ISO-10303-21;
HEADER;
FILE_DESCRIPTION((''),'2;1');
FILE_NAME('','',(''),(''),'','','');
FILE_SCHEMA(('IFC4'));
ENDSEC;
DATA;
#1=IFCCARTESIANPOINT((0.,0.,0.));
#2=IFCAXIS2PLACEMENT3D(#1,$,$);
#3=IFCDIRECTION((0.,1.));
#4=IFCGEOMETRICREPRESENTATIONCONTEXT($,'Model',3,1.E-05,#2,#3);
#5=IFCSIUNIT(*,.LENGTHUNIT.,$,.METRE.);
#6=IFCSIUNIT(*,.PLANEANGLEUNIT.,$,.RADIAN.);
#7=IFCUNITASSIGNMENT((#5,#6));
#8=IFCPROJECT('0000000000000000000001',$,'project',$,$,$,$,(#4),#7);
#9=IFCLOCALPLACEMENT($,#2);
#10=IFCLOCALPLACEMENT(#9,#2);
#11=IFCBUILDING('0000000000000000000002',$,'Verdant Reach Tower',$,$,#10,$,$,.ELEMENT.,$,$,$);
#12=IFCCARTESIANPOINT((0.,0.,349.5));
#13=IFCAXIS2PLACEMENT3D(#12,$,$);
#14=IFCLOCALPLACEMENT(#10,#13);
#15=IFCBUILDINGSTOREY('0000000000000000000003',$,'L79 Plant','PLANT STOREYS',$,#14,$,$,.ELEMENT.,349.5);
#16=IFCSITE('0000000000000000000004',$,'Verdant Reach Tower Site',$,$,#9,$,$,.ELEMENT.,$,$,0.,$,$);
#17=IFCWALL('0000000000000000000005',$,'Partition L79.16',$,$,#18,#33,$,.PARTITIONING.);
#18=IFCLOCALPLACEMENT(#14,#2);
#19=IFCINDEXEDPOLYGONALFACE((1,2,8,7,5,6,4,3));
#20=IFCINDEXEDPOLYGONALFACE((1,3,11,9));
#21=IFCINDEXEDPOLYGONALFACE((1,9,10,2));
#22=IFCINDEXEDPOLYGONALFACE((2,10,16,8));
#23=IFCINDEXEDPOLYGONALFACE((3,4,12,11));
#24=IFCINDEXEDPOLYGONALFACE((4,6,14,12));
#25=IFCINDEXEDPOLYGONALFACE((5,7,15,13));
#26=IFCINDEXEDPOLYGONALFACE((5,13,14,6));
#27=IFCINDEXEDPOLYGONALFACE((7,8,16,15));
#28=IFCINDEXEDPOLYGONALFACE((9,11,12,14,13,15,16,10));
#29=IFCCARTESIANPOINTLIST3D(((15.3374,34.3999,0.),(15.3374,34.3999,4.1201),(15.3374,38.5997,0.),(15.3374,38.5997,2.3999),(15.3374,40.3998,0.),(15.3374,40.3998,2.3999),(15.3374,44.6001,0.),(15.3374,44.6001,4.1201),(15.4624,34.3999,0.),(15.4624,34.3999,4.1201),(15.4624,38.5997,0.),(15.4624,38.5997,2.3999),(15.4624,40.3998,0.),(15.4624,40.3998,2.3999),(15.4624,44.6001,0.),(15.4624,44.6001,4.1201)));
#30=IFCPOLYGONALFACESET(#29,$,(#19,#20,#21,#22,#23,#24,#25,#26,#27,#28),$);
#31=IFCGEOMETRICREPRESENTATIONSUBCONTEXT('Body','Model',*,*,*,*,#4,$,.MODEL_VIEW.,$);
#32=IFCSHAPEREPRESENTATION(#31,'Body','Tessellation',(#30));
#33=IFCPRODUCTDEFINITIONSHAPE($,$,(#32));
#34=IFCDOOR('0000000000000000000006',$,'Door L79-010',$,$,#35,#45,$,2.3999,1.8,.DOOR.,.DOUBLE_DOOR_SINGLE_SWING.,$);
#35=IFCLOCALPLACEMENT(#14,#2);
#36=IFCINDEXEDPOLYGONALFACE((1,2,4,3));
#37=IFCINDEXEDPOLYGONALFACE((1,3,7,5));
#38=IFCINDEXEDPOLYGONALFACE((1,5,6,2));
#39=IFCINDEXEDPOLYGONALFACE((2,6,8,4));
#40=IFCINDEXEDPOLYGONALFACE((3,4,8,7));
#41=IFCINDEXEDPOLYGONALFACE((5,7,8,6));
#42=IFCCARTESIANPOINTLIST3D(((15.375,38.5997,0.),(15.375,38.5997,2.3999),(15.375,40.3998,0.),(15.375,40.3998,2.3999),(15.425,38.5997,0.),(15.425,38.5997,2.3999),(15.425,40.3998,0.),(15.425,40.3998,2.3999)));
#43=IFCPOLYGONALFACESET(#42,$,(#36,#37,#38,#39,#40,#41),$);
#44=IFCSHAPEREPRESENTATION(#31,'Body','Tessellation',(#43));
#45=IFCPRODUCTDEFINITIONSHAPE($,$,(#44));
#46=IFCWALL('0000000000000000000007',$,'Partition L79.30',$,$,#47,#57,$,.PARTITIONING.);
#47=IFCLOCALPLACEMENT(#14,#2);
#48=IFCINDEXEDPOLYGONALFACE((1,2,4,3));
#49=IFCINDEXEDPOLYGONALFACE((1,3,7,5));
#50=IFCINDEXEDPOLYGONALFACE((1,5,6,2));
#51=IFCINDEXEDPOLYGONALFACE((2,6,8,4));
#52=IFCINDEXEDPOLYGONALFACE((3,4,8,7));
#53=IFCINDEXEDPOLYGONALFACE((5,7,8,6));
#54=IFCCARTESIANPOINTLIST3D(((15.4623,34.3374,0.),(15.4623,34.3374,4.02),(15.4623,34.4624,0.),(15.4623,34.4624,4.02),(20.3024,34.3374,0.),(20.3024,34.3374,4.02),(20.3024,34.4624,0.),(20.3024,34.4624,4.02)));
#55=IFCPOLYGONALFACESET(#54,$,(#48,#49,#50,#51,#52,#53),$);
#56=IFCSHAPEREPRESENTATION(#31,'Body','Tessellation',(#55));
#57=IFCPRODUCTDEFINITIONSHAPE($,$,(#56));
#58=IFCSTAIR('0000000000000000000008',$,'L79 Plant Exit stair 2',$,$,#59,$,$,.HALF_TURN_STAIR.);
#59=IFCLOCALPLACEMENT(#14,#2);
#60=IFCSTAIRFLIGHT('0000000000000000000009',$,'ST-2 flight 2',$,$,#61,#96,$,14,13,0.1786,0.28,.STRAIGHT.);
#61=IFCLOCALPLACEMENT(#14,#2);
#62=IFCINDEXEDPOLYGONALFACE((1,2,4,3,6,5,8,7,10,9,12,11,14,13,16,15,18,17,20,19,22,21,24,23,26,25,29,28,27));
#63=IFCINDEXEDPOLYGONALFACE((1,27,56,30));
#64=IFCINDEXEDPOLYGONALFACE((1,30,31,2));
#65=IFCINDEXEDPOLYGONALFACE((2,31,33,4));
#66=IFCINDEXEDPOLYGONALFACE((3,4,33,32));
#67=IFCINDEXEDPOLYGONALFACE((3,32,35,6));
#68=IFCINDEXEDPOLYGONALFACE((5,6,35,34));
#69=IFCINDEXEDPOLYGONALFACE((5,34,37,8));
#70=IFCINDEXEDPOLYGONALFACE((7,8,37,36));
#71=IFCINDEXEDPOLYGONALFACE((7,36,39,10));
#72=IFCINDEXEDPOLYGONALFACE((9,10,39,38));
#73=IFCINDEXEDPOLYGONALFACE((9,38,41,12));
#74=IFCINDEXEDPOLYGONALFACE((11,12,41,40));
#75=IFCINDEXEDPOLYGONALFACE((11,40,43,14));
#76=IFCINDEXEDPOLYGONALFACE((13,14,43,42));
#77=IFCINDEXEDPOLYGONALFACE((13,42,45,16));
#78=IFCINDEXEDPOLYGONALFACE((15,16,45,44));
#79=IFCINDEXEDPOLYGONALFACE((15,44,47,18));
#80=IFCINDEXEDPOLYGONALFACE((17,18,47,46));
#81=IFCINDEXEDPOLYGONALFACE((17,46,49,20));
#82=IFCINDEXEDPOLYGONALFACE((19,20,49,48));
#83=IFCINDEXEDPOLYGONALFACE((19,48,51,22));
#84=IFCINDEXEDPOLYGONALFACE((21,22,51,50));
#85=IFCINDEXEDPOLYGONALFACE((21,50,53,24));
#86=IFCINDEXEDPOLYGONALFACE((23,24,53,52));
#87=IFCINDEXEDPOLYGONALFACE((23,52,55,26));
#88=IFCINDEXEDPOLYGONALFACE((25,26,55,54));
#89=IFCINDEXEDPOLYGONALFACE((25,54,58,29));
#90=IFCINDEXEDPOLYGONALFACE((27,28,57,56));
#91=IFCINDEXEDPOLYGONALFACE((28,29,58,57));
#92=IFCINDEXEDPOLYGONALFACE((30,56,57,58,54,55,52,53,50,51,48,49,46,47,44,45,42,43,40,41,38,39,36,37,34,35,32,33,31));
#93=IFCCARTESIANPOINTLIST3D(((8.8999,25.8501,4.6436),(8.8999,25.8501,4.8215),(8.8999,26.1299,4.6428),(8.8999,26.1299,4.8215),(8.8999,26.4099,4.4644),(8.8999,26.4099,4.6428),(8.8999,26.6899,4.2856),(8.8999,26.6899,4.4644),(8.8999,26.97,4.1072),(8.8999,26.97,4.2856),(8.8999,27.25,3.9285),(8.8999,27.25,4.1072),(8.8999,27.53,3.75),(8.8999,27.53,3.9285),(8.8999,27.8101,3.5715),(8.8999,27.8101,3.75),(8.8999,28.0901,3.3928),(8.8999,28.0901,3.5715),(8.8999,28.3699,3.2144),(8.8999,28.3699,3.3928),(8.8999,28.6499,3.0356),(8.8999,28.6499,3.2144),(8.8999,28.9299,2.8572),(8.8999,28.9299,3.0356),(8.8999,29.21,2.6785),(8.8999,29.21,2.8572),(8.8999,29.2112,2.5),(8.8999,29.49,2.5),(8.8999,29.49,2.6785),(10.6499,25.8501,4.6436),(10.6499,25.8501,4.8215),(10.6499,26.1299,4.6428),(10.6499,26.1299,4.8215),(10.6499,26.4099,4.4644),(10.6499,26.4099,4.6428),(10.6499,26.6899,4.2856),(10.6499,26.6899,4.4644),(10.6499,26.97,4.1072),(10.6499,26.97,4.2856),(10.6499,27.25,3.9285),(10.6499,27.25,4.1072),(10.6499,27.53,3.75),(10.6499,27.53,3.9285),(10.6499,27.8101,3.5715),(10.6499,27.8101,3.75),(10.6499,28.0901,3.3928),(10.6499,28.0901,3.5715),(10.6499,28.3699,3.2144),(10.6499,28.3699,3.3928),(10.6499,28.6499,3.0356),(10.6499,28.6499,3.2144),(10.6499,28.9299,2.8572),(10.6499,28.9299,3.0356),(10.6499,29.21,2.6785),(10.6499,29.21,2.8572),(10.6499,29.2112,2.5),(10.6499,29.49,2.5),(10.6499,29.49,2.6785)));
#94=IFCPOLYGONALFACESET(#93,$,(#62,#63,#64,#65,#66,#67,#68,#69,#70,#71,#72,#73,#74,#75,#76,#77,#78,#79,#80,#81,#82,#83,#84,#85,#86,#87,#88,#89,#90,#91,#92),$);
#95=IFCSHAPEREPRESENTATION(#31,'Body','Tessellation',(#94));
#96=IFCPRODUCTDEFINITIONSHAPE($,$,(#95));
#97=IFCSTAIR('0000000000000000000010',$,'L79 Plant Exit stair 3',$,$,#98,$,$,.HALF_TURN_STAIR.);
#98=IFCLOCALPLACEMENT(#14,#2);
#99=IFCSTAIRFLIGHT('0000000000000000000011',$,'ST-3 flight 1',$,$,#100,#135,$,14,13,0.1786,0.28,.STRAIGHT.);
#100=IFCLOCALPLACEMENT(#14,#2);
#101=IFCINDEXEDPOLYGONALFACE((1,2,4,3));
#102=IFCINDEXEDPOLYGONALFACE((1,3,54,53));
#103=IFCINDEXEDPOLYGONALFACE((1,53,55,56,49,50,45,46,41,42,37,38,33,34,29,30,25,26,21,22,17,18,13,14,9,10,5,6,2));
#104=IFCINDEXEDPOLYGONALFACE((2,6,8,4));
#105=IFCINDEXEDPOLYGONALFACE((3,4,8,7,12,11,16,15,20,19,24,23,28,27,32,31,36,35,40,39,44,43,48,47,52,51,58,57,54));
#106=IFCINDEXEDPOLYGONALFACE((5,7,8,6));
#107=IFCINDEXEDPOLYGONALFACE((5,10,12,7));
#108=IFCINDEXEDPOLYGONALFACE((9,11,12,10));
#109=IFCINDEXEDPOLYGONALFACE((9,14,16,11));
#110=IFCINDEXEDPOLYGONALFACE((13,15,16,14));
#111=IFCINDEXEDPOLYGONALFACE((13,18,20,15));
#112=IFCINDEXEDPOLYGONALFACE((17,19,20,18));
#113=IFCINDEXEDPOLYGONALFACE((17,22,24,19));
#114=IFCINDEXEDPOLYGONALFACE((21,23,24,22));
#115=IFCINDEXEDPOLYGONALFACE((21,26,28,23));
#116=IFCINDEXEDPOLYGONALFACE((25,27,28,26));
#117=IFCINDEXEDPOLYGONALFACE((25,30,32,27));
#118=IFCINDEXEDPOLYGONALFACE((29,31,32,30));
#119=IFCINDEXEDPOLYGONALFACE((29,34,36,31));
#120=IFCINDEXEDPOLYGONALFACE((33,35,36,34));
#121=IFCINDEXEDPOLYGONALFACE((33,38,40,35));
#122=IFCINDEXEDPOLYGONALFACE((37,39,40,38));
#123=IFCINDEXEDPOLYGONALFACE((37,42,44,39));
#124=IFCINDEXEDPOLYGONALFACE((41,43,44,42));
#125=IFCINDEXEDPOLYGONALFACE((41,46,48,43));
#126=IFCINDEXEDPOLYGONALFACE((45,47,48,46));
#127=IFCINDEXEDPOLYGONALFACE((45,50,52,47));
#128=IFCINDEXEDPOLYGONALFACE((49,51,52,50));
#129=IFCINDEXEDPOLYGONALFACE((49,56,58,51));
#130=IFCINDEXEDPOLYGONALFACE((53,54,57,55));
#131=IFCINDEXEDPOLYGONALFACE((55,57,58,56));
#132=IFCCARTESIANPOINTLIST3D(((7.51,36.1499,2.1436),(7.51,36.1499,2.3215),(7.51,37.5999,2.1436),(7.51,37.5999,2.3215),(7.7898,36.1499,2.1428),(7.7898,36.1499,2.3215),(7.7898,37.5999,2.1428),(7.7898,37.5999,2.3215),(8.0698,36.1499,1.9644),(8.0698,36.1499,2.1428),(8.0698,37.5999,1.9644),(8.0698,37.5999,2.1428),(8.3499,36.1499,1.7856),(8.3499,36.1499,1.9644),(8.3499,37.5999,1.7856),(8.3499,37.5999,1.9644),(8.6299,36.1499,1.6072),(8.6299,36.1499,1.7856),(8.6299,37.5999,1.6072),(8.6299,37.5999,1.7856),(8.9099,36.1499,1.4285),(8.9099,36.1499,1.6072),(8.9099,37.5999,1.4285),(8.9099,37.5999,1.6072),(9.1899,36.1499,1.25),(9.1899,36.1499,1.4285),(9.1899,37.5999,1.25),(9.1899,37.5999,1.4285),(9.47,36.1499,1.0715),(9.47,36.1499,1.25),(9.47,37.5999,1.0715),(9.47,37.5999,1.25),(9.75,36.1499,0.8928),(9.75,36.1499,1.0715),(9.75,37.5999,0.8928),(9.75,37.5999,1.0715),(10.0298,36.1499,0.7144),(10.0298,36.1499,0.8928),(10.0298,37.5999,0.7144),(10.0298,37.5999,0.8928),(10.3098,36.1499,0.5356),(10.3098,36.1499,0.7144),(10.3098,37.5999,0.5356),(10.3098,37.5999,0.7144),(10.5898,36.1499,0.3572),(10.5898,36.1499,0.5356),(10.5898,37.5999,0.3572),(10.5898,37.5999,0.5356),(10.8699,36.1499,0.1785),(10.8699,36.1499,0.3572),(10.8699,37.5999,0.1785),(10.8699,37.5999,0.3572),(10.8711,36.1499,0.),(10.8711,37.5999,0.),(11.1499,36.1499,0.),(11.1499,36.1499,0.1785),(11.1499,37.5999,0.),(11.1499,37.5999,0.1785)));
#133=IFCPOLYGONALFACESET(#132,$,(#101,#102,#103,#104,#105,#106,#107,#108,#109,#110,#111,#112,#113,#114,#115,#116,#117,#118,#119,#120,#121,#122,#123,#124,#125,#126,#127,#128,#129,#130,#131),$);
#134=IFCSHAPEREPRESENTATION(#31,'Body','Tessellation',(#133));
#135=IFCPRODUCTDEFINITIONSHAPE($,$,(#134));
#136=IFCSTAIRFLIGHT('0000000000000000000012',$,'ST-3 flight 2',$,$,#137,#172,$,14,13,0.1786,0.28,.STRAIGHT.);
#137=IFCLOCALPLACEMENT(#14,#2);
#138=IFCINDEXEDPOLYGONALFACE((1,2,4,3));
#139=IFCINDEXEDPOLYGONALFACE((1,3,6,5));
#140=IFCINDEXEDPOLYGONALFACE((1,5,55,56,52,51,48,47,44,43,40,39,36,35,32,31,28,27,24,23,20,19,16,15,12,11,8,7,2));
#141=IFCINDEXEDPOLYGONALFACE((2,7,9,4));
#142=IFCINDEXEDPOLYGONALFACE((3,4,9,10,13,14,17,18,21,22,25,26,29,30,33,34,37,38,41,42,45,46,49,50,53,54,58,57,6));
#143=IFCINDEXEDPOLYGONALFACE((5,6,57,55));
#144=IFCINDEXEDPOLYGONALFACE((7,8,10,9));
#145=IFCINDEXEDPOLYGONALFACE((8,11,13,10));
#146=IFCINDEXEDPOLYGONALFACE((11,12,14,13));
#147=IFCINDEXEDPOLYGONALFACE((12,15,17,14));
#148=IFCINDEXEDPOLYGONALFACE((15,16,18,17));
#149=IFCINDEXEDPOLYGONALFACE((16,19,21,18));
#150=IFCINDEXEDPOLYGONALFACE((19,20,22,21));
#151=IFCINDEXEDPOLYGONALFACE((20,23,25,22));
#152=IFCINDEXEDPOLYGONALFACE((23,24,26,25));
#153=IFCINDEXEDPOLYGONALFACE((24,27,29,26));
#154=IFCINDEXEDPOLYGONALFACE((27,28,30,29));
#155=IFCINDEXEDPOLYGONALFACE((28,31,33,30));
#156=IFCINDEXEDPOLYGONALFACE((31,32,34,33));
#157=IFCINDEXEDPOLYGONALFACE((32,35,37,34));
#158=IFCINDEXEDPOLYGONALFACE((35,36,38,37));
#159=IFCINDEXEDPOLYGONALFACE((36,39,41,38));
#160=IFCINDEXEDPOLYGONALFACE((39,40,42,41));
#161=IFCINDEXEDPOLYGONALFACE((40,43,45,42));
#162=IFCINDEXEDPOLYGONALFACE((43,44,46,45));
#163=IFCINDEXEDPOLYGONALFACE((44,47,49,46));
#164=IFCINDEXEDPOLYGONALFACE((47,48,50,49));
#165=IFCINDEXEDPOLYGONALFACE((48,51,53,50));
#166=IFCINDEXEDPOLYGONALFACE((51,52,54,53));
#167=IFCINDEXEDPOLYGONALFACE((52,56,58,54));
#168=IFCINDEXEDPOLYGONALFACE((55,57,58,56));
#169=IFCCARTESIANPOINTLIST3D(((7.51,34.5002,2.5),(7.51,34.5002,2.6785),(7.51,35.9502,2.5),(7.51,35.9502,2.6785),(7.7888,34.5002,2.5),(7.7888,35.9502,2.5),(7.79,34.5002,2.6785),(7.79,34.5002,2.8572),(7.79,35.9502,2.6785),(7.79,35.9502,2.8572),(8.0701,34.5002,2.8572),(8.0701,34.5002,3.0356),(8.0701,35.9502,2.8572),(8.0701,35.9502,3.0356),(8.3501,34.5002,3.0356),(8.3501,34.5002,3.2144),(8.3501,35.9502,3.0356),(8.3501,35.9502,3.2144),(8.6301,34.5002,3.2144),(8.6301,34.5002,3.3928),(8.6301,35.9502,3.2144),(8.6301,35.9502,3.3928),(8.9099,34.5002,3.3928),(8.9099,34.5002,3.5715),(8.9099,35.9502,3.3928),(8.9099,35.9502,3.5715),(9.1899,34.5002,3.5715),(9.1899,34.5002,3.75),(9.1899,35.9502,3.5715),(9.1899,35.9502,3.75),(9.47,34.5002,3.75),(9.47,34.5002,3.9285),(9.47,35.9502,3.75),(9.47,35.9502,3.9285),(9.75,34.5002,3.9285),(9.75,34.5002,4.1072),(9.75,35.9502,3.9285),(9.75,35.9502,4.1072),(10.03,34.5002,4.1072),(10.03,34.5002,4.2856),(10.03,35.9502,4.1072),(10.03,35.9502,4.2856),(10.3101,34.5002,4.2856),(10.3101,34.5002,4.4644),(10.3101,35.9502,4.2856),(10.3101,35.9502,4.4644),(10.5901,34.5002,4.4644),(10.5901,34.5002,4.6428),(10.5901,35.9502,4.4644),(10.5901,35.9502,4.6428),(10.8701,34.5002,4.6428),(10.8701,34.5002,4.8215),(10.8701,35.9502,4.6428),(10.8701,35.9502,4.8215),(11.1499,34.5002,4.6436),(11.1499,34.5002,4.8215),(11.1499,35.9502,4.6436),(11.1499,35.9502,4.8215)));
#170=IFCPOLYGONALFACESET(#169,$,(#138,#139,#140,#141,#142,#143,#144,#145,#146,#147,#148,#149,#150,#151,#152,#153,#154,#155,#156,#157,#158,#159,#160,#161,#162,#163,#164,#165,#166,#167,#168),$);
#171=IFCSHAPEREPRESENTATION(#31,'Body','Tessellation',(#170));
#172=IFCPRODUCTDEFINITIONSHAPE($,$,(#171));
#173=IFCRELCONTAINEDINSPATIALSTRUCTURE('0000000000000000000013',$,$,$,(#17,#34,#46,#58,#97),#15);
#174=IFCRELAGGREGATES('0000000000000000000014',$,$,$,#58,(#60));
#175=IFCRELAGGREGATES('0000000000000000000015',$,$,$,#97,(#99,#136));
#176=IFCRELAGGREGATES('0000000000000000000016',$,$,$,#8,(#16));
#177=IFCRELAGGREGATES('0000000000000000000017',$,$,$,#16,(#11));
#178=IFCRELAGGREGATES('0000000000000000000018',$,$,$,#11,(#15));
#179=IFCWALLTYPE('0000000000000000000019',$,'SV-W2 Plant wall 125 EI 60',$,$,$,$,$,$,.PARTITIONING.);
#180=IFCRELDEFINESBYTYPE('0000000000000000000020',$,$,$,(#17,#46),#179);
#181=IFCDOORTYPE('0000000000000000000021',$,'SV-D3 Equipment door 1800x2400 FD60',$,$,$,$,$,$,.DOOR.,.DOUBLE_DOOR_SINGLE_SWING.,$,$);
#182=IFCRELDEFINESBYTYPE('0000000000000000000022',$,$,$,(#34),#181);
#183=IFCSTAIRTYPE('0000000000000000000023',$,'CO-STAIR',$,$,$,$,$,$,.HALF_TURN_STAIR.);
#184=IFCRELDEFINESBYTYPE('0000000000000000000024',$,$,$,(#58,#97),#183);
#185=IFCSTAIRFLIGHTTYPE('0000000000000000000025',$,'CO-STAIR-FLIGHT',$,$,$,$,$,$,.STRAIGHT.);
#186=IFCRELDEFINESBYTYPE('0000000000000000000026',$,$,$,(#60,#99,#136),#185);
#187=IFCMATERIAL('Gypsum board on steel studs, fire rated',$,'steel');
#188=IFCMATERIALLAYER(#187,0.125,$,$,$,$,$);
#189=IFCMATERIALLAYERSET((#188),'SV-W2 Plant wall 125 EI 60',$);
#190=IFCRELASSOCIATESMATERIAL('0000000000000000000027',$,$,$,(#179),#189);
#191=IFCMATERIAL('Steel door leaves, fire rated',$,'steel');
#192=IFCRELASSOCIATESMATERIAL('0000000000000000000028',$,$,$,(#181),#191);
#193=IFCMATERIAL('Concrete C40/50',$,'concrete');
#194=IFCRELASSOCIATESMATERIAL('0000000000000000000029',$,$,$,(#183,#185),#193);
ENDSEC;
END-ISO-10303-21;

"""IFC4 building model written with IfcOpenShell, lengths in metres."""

from ifc_helpers import new_model, si_unit, direction, frame, frame_2d, origin, place, context, subcontext, project, spatial, polyline, rectangle, outline, extrude, material, layer, layer_set, type_object, element, fill, aggregate, save


model = new_model("IFC4")

# Units and contexts
model_context = context("Model", 3, precision=1e-05, world=origin(), true_north=direction((0.0, 1.0)))
body_context = subcontext(model_context, "Body", "Model", "MODEL_VIEW")
ifc_project = project(units=[si_unit("LENGTHUNIT", "METRE"), si_unit("PLANEANGLEUNIT", "RADIAN")], contexts=[model_context])

# Site, building, storey
site_placement = place(None, origin())
site = spatial("IfcSite", under=ifc_project, at=site_placement, Name="Verdant Reach Tower Site", CompositionType="ELEMENT", RefElevation=0.0)
building_placement = place(site_placement, origin())
building = spatial("IfcBuilding", under=site, at=building_placement, Name="Verdant Reach Tower", CompositionType="ELEMENT")
storey_placement = place(building_placement, frame((0.0, 0.0, 349.5)))
storey = spatial("IfcBuildingStorey", under=building, at=storey_placement, Name="L79 Plant", Description="PLANT STOREYS", CompositionType="ELEMENT", Elevation=349.5)

# Shared definitions
ifc_material_1 = material(Name="Concrete C40/50", Category="concrete")

# Wall, opening, door
ifc_material_2 = material(Name="Gypsum board on steel studs, fire rated", Category="steel")
ifc_layer_1 = layer(ifc_material_2, 0.125)
ifc_layer_set_1 = layer_set([ifc_layer_1], Name="SV-W2 Plant wall 125 EI 60")
wall_type_1 = type_object("IfcWallType", Name="SV-W2 Plant wall 125 EI 60", PredefinedType="PARTITIONING", material=ifc_layer_set_1)
wall_1_placement = place(storey_placement, frame((15.3999, 34.3999, 0.0), z_axis=(0.0, 0.0, 1.0), x_axis=(0.0, 1.0, 0.0)))
wall_1 = element("IfcWall", 1, at=wall_1_placement, inside=storey, type_object=wall_type_1, Name="Partition L79.16", PredefinedType="PARTITIONING", context=body_context, shape_type="SweptSolid", body=[
    extrude(rectangle(XDim=10.2002, YDim=0.125, at=frame_2d((5.1001, 0.0))), origin(), (0.0, 0.0, 1.0), 4.1201),
])
opening_1_placement = place(wall_1_placement, frame((4.2, 0.0, 0.0)))
opening_1 = element("IfcOpeningElement", 2, at=opening_1_placement, cuts=wall_1, PredefinedType="OPENING", context=body_context, shape_type="SweptSolid", body=[
    extrude(rectangle(XDim=1.8, YDim=2.3999, at=frame_2d((0.8999, 1.2))), frame((0.0, 0.0725, 0.0), z_axis=(0.0, -1.0, 0.0), x_axis=(1.0, 0.0, 0.0)), (0.0, 0.0, 1.0), 0.145),
])
ifc_material_3 = material(Name="Steel door leaves, fire rated", Category="steel")
door_type_1 = type_object("IfcDoorType", Name="SV-D3 Equipment door 1800x2400 FD60", OperationType="DOUBLE_DOOR_SINGLE_SWING", PredefinedType="DOOR", material=ifc_material_3)
door_1_placement = place(opening_1_placement, origin())
door_1 = element("IfcDoor", 3, at=door_1_placement, inside=storey, type_object=door_type_1, Name="Door L79-010", OperationType="DOUBLE_DOOR_SINGLE_SWING", OverallHeight=2.3999, OverallWidth=1.8, PredefinedType="DOOR", context=body_context, shape_type="SweptSolid", body=[
    extrude(rectangle(XDim=1.8, YDim=2.3999, at=frame_2d((0.8999, 1.2))), frame((0.0, 0.0249, 0.0), z_axis=(0.0, -1.0, 0.0), x_axis=(1.0, 0.0, 0.0)), (0.0, 0.0, 1.0), 0.05),
])
fill(opening_1, door_1)

# Wall
wall_2_placement = place(storey_placement, frame((15.4624, 34.3999, 0.0), z_axis=(0.0, 0.0, 1.0), x_axis=(1.0, 0.0, 0.0)))
element("IfcWall", 4, at=wall_2_placement, inside=storey, type_object=wall_type_1, Name="Partition L79.30", PredefinedType="PARTITIONING", context=body_context, shape_type="SweptSolid", body=[
    extrude(rectangle(XDim=4.8401, YDim=0.125, at=frame_2d((2.4199, 0.0))), origin(), (0.0, 0.0, 1.0), 4.02),
])

# Stair, stair flight
stair_type = type_object("IfcStairType", Name="CO-STAIR", PredefinedType="HALF_TURN_STAIR", material=ifc_material_1)
stair_1_placement = place(storey_placement, origin())
stair_1 = element("IfcStair", 5, at=stair_1_placement, inside=storey, type_object=stair_type, Name="L79 Plant Exit stair 2", PredefinedType="HALF_TURN_STAIR")
stair_flight_type = type_object("IfcStairFlightType", Name="CO-STAIR-FLIGHT", PredefinedType="STRAIGHT", material=ifc_material_1)
stair_flight_1_placement = place(storey_placement, frame((9.7749, 29.49, 2.5), z_axis=(0.0, 0.0, 1.0), x_axis=(0.0, -1.0, 0.0)))
stair_flight_1 = element("IfcStairFlight", 6, at=stair_flight_1_placement, type_object=stair_flight_type, Name="ST-2 flight 2", NumberOfRisers=14, NumberOfTreads=13, PredefinedType="STRAIGHT", RiserHeight=0.1786, TreadLength=0.28, context=body_context, shape_type="SweptSolid", body=[
    extrude(outline(polyline([(0.0, 0.0), (0.0, 0.1785), (0.28, 0.1785), (0.28, 0.3572), (0.5601, 0.3572), (0.5601, 0.5356), (0.8401, 0.5356), (0.8401, 0.7144), (1.1201, 0.7144), (1.1201, 0.8928), (1.3999, 0.8928), (1.3999, 1.0715), (1.6799, 1.0715), (1.6799, 1.25), (1.96, 1.25), (1.96, 1.4285), (2.24, 1.4285), (2.24, 1.6072), (2.52, 1.6072), (2.52, 1.7856), (2.8, 1.7856), (2.8, 1.9644), (3.0801, 1.9644), (3.0801, 2.1428), (3.3601, 2.1428), (3.3601, 2.3215), (3.6399, 2.3215), (3.6399, 2.5), (3.6399, 2.1436), (0.2788, 0.0), (0.0, 0.0)])), frame((0.0, 0.875, 0.0), z_axis=(0.0, -1.0, 0.0), x_axis=(1.0, 0.0, 0.0)), (0.0, 0.0, 1.0), 1.75),
])
aggregate(stair_1, [stair_flight_1])

# Stair, stair flights
stair_2_placement = place(storey_placement, origin())
stair_2 = element("IfcStair", 7, at=stair_2_placement, inside=storey, type_object=stair_type, Name="L79 Plant Exit stair 3", PredefinedType="HALF_TURN_STAIR")
stair_flight_2_placement = place(storey_placement, frame((11.1499, 36.875, 0.0), z_axis=(0.0, 0.0, 1.0), x_axis=(-1.0, 0.0, 0.0)))
stair_flight_2 = element("IfcStairFlight", 8, at=stair_flight_2_placement, type_object=stair_flight_type, Name="ST-3 flight 1", NumberOfRisers=14, NumberOfTreads=13, PredefinedType="STRAIGHT", RiserHeight=0.1786, TreadLength=0.28, context=body_context, shape_type="SweptSolid", body=[
    extrude(outline(polyline([(0.0, 0.0), (0.0, 0.1785), (0.28, 0.1785), (0.28, 0.3572), (0.5601, 0.3572), (0.5601, 0.5356), (0.8401, 0.5356), (0.8401, 0.7144), (1.1201, 0.7144), (1.1201, 0.8928), (1.3999, 0.8928), (1.3999, 1.0715), (1.6799, 1.0715), (1.6799, 1.25), (1.96, 1.25), (1.96, 1.4285), (2.24, 1.4285), (2.24, 1.6072), (2.52, 1.6072), (2.52, 1.7856), (2.8, 1.7856), (2.8, 1.9644), (3.0801, 1.9644), (3.0801, 2.1428), (3.3601, 2.1428), (3.3601, 2.3215), (3.6399, 2.3215), (3.6399, 2.5), (3.6399, 2.1436), (0.2788, 0.0), (0.0, 0.0)])), frame((0.0, 0.7251, 0.0), z_axis=(0.0, -1.0, 0.0), x_axis=(1.0, 0.0, 0.0)), (0.0, 0.0, 1.0), 1.45),
])
stair_flight_3_placement = place(storey_placement, frame((7.51, 35.2251, 2.5), z_axis=(0.0, 0.0, 1.0), x_axis=(1.0, 0.0, 0.0)))
stair_flight_3 = element("IfcStairFlight", 9, at=stair_flight_3_placement, type_object=stair_flight_type, Name="ST-3 flight 2", NumberOfRisers=14, NumberOfTreads=13, PredefinedType="STRAIGHT", RiserHeight=0.1786, TreadLength=0.28, context=body_context, shape_type="SweptSolid", body=[
    extrude(outline(polyline([(0.0, 0.0), (0.0, 0.1785), (0.28, 0.1785), (0.28, 0.3572), (0.5601, 0.3572), (0.5601, 0.5356), (0.8401, 0.5356), (0.8401, 0.7144), (1.1201, 0.7144), (1.1201, 0.8928), (1.3999, 0.8928), (1.3999, 1.0715), (1.6799, 1.0715), (1.6799, 1.25), (1.96, 1.25), (1.96, 1.4285), (2.24, 1.4285), (2.24, 1.6072), (2.52, 1.6072), (2.52, 1.7856), (2.8, 1.7856), (2.8, 1.9644), (3.0801, 1.9644), (3.0801, 2.1428), (3.3601, 2.1428), (3.3601, 2.3215), (3.6399, 2.3215), (3.6399, 2.5), (3.6399, 2.1436), (0.2788, 0.0), (0.0, 0.0)])), frame((0.0, 0.7251, 0.0), z_axis=(0.0, -1.0, 0.0), x_axis=(1.0, 0.0, 0.0)), (0.0, 0.0, 1.0), 1.45),
])
aggregate(stair_2, [stair_flight_2, stair_flight_3])

save(model, "model.ifc")
